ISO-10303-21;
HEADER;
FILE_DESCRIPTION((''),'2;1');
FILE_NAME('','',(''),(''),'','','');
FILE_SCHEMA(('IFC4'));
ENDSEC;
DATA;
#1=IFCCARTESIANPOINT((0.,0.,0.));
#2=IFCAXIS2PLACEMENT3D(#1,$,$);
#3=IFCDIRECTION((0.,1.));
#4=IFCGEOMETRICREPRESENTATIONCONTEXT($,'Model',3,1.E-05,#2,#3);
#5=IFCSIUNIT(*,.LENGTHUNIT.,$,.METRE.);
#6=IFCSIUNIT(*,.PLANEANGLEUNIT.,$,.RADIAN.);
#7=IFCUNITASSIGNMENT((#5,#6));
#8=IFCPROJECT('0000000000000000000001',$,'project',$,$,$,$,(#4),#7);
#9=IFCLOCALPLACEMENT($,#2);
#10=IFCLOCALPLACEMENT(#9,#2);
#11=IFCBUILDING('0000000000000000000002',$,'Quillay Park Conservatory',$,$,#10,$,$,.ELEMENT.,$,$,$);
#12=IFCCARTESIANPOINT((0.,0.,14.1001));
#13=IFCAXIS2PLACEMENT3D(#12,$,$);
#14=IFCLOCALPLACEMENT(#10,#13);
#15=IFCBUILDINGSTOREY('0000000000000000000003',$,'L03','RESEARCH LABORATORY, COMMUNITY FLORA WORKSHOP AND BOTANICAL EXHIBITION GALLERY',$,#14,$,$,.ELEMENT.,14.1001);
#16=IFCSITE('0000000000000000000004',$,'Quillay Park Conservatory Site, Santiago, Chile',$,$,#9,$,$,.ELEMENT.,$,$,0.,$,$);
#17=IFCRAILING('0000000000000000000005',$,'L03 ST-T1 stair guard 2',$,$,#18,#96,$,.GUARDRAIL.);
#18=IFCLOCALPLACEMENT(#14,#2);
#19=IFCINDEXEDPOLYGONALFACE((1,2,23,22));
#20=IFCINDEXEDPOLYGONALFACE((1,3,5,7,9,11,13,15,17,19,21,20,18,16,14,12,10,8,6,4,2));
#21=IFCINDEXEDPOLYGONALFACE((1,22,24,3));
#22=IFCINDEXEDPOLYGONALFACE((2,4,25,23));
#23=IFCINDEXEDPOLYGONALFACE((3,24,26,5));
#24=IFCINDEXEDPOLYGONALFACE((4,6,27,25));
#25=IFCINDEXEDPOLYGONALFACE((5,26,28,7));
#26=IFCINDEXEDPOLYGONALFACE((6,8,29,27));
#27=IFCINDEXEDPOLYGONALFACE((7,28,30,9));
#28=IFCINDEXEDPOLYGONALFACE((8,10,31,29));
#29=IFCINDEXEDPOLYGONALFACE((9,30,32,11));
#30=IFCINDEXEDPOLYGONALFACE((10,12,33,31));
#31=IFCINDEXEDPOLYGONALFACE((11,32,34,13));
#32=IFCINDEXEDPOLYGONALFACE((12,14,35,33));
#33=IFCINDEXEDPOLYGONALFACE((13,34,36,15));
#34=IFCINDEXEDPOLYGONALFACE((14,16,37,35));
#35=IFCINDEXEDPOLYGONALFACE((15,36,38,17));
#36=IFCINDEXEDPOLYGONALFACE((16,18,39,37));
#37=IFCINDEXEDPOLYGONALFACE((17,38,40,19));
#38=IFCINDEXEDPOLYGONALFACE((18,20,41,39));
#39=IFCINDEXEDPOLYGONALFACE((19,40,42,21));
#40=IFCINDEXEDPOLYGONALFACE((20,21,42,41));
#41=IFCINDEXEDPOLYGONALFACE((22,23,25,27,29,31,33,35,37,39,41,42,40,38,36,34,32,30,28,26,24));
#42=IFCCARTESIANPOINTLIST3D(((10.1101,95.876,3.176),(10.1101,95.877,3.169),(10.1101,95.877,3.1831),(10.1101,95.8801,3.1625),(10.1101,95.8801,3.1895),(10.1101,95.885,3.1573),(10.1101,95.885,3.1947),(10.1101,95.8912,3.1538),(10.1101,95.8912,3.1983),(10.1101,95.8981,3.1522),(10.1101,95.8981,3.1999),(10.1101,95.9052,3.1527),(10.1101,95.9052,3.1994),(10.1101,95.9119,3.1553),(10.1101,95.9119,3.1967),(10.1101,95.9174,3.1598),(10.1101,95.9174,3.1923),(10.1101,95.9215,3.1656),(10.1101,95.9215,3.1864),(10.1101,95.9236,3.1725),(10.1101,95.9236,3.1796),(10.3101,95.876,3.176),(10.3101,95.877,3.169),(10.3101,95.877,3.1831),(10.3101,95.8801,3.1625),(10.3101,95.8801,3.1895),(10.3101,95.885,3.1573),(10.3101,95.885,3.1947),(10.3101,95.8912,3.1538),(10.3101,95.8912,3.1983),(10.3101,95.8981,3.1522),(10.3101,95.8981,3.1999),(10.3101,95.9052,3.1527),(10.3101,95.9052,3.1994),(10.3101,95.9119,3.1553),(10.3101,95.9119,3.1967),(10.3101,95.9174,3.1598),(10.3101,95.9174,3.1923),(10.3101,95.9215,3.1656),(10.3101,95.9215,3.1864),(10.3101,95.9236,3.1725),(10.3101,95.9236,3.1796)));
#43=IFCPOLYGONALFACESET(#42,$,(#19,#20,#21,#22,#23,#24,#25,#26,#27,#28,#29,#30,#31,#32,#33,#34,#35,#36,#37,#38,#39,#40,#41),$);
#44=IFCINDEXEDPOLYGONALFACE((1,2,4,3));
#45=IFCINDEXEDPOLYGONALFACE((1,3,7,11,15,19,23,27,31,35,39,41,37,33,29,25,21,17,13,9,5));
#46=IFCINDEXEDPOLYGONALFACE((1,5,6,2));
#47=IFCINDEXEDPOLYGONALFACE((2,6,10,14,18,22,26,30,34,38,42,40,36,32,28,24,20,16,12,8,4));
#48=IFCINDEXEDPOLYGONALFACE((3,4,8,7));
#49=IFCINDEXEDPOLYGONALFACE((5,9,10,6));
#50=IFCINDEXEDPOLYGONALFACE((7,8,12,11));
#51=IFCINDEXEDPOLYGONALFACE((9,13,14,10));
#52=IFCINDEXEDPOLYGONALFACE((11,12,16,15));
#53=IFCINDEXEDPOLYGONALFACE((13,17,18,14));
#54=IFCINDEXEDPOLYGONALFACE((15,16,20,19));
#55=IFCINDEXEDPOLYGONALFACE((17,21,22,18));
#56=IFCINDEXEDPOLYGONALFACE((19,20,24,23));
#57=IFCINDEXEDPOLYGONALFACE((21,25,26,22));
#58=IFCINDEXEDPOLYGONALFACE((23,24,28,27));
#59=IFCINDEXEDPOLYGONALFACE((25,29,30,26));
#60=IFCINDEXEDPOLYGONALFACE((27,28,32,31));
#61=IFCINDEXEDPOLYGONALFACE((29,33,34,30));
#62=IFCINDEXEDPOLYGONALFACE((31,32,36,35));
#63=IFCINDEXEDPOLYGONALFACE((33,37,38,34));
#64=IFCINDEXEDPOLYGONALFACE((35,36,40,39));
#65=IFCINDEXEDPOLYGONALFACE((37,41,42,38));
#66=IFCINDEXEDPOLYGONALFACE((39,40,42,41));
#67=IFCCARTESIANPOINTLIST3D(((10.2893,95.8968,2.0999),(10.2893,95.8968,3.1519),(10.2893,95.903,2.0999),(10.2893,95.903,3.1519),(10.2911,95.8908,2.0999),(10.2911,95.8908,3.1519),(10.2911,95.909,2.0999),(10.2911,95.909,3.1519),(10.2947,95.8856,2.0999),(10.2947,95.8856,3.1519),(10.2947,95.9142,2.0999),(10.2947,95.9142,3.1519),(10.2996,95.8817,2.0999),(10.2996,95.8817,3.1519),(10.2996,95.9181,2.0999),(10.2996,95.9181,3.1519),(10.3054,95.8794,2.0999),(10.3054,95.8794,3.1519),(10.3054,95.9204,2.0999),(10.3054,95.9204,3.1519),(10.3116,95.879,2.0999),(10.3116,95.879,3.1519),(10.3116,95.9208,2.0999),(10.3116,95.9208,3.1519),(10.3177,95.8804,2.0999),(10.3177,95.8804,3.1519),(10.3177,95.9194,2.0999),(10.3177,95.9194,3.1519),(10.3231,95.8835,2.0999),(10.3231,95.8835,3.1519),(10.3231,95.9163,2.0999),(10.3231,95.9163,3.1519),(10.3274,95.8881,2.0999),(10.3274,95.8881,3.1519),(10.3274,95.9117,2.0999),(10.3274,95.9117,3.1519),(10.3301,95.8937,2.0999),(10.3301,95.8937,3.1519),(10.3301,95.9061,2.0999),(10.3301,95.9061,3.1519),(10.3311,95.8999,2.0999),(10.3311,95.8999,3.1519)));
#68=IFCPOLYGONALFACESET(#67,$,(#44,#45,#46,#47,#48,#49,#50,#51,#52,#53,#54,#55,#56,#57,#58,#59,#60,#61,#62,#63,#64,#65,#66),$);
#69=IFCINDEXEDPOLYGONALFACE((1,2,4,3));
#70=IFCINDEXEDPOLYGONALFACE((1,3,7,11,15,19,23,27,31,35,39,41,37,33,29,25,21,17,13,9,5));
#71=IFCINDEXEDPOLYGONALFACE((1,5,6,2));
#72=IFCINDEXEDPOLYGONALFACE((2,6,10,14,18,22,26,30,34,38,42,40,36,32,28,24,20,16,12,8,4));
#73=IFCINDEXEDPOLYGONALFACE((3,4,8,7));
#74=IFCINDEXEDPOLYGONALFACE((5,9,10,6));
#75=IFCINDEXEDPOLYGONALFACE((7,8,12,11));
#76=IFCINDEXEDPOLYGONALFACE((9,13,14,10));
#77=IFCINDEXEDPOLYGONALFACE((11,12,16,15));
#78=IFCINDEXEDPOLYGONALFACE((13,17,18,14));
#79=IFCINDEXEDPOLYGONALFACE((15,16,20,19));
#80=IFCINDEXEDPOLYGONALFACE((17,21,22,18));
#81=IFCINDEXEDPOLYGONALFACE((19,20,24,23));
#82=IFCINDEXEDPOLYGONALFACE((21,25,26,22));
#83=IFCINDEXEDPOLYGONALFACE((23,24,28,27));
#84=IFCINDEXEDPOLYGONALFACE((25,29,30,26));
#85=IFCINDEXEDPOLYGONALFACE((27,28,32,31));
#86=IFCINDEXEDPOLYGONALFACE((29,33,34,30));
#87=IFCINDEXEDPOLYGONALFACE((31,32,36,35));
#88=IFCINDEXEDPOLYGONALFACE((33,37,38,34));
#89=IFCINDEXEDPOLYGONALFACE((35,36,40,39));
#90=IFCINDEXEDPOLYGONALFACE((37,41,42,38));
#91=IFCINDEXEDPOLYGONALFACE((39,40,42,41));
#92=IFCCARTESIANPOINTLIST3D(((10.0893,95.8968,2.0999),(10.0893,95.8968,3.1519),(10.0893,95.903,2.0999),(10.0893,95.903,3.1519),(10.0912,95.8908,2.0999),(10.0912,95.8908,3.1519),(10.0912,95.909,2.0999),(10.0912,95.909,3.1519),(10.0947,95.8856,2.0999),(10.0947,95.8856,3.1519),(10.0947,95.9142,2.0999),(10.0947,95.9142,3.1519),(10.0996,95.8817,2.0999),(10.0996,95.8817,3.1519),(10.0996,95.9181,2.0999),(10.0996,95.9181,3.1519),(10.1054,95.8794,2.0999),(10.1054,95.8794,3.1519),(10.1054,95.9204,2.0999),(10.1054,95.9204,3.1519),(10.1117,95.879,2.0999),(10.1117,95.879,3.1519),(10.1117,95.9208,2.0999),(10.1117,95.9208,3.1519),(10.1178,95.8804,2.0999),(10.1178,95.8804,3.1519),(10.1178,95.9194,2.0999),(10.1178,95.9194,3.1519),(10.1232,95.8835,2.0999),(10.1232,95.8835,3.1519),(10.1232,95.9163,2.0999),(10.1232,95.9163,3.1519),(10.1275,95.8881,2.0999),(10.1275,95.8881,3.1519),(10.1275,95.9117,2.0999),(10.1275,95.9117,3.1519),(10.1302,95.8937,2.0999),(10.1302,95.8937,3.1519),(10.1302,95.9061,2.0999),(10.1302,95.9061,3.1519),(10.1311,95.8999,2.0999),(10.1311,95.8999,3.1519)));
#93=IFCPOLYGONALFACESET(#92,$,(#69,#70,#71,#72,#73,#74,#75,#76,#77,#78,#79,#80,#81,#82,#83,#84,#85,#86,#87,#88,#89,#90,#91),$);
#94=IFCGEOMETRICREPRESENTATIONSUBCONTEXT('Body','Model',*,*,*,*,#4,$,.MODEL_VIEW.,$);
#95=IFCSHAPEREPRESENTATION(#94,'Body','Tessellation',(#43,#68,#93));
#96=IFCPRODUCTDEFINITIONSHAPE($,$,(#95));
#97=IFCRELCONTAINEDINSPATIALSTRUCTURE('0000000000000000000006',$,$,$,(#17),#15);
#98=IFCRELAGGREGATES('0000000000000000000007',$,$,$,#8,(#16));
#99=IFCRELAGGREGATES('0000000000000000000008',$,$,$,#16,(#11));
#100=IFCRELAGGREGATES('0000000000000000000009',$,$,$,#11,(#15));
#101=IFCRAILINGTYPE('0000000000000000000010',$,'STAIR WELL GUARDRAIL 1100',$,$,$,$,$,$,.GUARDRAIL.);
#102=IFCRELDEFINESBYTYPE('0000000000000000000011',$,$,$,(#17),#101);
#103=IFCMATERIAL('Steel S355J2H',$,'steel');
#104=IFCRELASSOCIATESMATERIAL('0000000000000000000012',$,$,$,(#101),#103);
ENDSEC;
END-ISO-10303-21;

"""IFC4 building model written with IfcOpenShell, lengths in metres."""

from ifc_helpers import new_model, si_unit, direction, frame, origin, origin_2d, place, context, subcontext, project, spatial, circle, extrude, material, type_object, element, save


model = new_model("IFC4")

# Units and contexts
model_context = context("Model", 3, precision=1e-05, world=origin(), true_north=direction((0.0, 1.0)))
body_context = subcontext(model_context, "Body", "Model", "MODEL_VIEW")
ifc_project = project(units=[si_unit("LENGTHUNIT", "METRE"), si_unit("PLANEANGLEUNIT", "RADIAN")], contexts=[model_context])

# Site, building, storey
site_placement = place(None, origin())
site = spatial("IfcSite", under=ifc_project, at=site_placement, Name="Quillay Park Conservatory Site, Santiago, Chile", CompositionType="ELEMENT", RefElevation=0.0)
building_placement = place(site_placement, origin())
building = spatial("IfcBuilding", under=site, at=building_placement, Name="Quillay Park Conservatory", CompositionType="ELEMENT")
storey_placement = place(building_placement, frame((0.0, 0.0, 14.1001)))
storey = spatial("IfcBuildingStorey", under=building, at=storey_placement, Name="L03", Description="RESEARCH LABORATORY, COMMUNITY FLORA WORKSHOP AND BOTANICAL EXHIBITION GALLERY", CompositionType="ELEMENT", Elevation=14.1001)

# Railing
ifc_material_1 = material(Name="Steel S355J2H", Category="steel")
railing_type_1 = type_object("IfcRailingType", Name="STAIR WELL GUARDRAIL 1100", PredefinedType="GUARDRAIL", material=ifc_material_1)
railing_1_placement = place(storey_placement, frame((10.3101, 95.8999, 2.0999)))
element("IfcRailing", 1, at=railing_1_placement, inside=storey, type_object=railing_type_1, Name="L03 ST-T1 stair guard 2", PredefinedType="GUARDRAIL", context=body_context, shape_type="SweptSolid", body=[
    extrude(circle(Radius=0.0239, at=origin_2d()), frame((0.0, 0.0, 1.0762), z_axis=(-1.0, 0.0, 0.0), x_axis=(0.0, -1.0, 0.0)), (0.0, 0.0, 1.0), 0.2),
    extrude(circle(Radius=0.021, at=origin_2d()), origin(), (0.0, 0.0, 1.0), 1.052),
    extrude(circle(Radius=0.021, at=origin_2d()), frame((-0.2, 0.0, 0.0)), (0.0, 0.0, 1.0), 1.052),
])

save(model, "model.ifc")
